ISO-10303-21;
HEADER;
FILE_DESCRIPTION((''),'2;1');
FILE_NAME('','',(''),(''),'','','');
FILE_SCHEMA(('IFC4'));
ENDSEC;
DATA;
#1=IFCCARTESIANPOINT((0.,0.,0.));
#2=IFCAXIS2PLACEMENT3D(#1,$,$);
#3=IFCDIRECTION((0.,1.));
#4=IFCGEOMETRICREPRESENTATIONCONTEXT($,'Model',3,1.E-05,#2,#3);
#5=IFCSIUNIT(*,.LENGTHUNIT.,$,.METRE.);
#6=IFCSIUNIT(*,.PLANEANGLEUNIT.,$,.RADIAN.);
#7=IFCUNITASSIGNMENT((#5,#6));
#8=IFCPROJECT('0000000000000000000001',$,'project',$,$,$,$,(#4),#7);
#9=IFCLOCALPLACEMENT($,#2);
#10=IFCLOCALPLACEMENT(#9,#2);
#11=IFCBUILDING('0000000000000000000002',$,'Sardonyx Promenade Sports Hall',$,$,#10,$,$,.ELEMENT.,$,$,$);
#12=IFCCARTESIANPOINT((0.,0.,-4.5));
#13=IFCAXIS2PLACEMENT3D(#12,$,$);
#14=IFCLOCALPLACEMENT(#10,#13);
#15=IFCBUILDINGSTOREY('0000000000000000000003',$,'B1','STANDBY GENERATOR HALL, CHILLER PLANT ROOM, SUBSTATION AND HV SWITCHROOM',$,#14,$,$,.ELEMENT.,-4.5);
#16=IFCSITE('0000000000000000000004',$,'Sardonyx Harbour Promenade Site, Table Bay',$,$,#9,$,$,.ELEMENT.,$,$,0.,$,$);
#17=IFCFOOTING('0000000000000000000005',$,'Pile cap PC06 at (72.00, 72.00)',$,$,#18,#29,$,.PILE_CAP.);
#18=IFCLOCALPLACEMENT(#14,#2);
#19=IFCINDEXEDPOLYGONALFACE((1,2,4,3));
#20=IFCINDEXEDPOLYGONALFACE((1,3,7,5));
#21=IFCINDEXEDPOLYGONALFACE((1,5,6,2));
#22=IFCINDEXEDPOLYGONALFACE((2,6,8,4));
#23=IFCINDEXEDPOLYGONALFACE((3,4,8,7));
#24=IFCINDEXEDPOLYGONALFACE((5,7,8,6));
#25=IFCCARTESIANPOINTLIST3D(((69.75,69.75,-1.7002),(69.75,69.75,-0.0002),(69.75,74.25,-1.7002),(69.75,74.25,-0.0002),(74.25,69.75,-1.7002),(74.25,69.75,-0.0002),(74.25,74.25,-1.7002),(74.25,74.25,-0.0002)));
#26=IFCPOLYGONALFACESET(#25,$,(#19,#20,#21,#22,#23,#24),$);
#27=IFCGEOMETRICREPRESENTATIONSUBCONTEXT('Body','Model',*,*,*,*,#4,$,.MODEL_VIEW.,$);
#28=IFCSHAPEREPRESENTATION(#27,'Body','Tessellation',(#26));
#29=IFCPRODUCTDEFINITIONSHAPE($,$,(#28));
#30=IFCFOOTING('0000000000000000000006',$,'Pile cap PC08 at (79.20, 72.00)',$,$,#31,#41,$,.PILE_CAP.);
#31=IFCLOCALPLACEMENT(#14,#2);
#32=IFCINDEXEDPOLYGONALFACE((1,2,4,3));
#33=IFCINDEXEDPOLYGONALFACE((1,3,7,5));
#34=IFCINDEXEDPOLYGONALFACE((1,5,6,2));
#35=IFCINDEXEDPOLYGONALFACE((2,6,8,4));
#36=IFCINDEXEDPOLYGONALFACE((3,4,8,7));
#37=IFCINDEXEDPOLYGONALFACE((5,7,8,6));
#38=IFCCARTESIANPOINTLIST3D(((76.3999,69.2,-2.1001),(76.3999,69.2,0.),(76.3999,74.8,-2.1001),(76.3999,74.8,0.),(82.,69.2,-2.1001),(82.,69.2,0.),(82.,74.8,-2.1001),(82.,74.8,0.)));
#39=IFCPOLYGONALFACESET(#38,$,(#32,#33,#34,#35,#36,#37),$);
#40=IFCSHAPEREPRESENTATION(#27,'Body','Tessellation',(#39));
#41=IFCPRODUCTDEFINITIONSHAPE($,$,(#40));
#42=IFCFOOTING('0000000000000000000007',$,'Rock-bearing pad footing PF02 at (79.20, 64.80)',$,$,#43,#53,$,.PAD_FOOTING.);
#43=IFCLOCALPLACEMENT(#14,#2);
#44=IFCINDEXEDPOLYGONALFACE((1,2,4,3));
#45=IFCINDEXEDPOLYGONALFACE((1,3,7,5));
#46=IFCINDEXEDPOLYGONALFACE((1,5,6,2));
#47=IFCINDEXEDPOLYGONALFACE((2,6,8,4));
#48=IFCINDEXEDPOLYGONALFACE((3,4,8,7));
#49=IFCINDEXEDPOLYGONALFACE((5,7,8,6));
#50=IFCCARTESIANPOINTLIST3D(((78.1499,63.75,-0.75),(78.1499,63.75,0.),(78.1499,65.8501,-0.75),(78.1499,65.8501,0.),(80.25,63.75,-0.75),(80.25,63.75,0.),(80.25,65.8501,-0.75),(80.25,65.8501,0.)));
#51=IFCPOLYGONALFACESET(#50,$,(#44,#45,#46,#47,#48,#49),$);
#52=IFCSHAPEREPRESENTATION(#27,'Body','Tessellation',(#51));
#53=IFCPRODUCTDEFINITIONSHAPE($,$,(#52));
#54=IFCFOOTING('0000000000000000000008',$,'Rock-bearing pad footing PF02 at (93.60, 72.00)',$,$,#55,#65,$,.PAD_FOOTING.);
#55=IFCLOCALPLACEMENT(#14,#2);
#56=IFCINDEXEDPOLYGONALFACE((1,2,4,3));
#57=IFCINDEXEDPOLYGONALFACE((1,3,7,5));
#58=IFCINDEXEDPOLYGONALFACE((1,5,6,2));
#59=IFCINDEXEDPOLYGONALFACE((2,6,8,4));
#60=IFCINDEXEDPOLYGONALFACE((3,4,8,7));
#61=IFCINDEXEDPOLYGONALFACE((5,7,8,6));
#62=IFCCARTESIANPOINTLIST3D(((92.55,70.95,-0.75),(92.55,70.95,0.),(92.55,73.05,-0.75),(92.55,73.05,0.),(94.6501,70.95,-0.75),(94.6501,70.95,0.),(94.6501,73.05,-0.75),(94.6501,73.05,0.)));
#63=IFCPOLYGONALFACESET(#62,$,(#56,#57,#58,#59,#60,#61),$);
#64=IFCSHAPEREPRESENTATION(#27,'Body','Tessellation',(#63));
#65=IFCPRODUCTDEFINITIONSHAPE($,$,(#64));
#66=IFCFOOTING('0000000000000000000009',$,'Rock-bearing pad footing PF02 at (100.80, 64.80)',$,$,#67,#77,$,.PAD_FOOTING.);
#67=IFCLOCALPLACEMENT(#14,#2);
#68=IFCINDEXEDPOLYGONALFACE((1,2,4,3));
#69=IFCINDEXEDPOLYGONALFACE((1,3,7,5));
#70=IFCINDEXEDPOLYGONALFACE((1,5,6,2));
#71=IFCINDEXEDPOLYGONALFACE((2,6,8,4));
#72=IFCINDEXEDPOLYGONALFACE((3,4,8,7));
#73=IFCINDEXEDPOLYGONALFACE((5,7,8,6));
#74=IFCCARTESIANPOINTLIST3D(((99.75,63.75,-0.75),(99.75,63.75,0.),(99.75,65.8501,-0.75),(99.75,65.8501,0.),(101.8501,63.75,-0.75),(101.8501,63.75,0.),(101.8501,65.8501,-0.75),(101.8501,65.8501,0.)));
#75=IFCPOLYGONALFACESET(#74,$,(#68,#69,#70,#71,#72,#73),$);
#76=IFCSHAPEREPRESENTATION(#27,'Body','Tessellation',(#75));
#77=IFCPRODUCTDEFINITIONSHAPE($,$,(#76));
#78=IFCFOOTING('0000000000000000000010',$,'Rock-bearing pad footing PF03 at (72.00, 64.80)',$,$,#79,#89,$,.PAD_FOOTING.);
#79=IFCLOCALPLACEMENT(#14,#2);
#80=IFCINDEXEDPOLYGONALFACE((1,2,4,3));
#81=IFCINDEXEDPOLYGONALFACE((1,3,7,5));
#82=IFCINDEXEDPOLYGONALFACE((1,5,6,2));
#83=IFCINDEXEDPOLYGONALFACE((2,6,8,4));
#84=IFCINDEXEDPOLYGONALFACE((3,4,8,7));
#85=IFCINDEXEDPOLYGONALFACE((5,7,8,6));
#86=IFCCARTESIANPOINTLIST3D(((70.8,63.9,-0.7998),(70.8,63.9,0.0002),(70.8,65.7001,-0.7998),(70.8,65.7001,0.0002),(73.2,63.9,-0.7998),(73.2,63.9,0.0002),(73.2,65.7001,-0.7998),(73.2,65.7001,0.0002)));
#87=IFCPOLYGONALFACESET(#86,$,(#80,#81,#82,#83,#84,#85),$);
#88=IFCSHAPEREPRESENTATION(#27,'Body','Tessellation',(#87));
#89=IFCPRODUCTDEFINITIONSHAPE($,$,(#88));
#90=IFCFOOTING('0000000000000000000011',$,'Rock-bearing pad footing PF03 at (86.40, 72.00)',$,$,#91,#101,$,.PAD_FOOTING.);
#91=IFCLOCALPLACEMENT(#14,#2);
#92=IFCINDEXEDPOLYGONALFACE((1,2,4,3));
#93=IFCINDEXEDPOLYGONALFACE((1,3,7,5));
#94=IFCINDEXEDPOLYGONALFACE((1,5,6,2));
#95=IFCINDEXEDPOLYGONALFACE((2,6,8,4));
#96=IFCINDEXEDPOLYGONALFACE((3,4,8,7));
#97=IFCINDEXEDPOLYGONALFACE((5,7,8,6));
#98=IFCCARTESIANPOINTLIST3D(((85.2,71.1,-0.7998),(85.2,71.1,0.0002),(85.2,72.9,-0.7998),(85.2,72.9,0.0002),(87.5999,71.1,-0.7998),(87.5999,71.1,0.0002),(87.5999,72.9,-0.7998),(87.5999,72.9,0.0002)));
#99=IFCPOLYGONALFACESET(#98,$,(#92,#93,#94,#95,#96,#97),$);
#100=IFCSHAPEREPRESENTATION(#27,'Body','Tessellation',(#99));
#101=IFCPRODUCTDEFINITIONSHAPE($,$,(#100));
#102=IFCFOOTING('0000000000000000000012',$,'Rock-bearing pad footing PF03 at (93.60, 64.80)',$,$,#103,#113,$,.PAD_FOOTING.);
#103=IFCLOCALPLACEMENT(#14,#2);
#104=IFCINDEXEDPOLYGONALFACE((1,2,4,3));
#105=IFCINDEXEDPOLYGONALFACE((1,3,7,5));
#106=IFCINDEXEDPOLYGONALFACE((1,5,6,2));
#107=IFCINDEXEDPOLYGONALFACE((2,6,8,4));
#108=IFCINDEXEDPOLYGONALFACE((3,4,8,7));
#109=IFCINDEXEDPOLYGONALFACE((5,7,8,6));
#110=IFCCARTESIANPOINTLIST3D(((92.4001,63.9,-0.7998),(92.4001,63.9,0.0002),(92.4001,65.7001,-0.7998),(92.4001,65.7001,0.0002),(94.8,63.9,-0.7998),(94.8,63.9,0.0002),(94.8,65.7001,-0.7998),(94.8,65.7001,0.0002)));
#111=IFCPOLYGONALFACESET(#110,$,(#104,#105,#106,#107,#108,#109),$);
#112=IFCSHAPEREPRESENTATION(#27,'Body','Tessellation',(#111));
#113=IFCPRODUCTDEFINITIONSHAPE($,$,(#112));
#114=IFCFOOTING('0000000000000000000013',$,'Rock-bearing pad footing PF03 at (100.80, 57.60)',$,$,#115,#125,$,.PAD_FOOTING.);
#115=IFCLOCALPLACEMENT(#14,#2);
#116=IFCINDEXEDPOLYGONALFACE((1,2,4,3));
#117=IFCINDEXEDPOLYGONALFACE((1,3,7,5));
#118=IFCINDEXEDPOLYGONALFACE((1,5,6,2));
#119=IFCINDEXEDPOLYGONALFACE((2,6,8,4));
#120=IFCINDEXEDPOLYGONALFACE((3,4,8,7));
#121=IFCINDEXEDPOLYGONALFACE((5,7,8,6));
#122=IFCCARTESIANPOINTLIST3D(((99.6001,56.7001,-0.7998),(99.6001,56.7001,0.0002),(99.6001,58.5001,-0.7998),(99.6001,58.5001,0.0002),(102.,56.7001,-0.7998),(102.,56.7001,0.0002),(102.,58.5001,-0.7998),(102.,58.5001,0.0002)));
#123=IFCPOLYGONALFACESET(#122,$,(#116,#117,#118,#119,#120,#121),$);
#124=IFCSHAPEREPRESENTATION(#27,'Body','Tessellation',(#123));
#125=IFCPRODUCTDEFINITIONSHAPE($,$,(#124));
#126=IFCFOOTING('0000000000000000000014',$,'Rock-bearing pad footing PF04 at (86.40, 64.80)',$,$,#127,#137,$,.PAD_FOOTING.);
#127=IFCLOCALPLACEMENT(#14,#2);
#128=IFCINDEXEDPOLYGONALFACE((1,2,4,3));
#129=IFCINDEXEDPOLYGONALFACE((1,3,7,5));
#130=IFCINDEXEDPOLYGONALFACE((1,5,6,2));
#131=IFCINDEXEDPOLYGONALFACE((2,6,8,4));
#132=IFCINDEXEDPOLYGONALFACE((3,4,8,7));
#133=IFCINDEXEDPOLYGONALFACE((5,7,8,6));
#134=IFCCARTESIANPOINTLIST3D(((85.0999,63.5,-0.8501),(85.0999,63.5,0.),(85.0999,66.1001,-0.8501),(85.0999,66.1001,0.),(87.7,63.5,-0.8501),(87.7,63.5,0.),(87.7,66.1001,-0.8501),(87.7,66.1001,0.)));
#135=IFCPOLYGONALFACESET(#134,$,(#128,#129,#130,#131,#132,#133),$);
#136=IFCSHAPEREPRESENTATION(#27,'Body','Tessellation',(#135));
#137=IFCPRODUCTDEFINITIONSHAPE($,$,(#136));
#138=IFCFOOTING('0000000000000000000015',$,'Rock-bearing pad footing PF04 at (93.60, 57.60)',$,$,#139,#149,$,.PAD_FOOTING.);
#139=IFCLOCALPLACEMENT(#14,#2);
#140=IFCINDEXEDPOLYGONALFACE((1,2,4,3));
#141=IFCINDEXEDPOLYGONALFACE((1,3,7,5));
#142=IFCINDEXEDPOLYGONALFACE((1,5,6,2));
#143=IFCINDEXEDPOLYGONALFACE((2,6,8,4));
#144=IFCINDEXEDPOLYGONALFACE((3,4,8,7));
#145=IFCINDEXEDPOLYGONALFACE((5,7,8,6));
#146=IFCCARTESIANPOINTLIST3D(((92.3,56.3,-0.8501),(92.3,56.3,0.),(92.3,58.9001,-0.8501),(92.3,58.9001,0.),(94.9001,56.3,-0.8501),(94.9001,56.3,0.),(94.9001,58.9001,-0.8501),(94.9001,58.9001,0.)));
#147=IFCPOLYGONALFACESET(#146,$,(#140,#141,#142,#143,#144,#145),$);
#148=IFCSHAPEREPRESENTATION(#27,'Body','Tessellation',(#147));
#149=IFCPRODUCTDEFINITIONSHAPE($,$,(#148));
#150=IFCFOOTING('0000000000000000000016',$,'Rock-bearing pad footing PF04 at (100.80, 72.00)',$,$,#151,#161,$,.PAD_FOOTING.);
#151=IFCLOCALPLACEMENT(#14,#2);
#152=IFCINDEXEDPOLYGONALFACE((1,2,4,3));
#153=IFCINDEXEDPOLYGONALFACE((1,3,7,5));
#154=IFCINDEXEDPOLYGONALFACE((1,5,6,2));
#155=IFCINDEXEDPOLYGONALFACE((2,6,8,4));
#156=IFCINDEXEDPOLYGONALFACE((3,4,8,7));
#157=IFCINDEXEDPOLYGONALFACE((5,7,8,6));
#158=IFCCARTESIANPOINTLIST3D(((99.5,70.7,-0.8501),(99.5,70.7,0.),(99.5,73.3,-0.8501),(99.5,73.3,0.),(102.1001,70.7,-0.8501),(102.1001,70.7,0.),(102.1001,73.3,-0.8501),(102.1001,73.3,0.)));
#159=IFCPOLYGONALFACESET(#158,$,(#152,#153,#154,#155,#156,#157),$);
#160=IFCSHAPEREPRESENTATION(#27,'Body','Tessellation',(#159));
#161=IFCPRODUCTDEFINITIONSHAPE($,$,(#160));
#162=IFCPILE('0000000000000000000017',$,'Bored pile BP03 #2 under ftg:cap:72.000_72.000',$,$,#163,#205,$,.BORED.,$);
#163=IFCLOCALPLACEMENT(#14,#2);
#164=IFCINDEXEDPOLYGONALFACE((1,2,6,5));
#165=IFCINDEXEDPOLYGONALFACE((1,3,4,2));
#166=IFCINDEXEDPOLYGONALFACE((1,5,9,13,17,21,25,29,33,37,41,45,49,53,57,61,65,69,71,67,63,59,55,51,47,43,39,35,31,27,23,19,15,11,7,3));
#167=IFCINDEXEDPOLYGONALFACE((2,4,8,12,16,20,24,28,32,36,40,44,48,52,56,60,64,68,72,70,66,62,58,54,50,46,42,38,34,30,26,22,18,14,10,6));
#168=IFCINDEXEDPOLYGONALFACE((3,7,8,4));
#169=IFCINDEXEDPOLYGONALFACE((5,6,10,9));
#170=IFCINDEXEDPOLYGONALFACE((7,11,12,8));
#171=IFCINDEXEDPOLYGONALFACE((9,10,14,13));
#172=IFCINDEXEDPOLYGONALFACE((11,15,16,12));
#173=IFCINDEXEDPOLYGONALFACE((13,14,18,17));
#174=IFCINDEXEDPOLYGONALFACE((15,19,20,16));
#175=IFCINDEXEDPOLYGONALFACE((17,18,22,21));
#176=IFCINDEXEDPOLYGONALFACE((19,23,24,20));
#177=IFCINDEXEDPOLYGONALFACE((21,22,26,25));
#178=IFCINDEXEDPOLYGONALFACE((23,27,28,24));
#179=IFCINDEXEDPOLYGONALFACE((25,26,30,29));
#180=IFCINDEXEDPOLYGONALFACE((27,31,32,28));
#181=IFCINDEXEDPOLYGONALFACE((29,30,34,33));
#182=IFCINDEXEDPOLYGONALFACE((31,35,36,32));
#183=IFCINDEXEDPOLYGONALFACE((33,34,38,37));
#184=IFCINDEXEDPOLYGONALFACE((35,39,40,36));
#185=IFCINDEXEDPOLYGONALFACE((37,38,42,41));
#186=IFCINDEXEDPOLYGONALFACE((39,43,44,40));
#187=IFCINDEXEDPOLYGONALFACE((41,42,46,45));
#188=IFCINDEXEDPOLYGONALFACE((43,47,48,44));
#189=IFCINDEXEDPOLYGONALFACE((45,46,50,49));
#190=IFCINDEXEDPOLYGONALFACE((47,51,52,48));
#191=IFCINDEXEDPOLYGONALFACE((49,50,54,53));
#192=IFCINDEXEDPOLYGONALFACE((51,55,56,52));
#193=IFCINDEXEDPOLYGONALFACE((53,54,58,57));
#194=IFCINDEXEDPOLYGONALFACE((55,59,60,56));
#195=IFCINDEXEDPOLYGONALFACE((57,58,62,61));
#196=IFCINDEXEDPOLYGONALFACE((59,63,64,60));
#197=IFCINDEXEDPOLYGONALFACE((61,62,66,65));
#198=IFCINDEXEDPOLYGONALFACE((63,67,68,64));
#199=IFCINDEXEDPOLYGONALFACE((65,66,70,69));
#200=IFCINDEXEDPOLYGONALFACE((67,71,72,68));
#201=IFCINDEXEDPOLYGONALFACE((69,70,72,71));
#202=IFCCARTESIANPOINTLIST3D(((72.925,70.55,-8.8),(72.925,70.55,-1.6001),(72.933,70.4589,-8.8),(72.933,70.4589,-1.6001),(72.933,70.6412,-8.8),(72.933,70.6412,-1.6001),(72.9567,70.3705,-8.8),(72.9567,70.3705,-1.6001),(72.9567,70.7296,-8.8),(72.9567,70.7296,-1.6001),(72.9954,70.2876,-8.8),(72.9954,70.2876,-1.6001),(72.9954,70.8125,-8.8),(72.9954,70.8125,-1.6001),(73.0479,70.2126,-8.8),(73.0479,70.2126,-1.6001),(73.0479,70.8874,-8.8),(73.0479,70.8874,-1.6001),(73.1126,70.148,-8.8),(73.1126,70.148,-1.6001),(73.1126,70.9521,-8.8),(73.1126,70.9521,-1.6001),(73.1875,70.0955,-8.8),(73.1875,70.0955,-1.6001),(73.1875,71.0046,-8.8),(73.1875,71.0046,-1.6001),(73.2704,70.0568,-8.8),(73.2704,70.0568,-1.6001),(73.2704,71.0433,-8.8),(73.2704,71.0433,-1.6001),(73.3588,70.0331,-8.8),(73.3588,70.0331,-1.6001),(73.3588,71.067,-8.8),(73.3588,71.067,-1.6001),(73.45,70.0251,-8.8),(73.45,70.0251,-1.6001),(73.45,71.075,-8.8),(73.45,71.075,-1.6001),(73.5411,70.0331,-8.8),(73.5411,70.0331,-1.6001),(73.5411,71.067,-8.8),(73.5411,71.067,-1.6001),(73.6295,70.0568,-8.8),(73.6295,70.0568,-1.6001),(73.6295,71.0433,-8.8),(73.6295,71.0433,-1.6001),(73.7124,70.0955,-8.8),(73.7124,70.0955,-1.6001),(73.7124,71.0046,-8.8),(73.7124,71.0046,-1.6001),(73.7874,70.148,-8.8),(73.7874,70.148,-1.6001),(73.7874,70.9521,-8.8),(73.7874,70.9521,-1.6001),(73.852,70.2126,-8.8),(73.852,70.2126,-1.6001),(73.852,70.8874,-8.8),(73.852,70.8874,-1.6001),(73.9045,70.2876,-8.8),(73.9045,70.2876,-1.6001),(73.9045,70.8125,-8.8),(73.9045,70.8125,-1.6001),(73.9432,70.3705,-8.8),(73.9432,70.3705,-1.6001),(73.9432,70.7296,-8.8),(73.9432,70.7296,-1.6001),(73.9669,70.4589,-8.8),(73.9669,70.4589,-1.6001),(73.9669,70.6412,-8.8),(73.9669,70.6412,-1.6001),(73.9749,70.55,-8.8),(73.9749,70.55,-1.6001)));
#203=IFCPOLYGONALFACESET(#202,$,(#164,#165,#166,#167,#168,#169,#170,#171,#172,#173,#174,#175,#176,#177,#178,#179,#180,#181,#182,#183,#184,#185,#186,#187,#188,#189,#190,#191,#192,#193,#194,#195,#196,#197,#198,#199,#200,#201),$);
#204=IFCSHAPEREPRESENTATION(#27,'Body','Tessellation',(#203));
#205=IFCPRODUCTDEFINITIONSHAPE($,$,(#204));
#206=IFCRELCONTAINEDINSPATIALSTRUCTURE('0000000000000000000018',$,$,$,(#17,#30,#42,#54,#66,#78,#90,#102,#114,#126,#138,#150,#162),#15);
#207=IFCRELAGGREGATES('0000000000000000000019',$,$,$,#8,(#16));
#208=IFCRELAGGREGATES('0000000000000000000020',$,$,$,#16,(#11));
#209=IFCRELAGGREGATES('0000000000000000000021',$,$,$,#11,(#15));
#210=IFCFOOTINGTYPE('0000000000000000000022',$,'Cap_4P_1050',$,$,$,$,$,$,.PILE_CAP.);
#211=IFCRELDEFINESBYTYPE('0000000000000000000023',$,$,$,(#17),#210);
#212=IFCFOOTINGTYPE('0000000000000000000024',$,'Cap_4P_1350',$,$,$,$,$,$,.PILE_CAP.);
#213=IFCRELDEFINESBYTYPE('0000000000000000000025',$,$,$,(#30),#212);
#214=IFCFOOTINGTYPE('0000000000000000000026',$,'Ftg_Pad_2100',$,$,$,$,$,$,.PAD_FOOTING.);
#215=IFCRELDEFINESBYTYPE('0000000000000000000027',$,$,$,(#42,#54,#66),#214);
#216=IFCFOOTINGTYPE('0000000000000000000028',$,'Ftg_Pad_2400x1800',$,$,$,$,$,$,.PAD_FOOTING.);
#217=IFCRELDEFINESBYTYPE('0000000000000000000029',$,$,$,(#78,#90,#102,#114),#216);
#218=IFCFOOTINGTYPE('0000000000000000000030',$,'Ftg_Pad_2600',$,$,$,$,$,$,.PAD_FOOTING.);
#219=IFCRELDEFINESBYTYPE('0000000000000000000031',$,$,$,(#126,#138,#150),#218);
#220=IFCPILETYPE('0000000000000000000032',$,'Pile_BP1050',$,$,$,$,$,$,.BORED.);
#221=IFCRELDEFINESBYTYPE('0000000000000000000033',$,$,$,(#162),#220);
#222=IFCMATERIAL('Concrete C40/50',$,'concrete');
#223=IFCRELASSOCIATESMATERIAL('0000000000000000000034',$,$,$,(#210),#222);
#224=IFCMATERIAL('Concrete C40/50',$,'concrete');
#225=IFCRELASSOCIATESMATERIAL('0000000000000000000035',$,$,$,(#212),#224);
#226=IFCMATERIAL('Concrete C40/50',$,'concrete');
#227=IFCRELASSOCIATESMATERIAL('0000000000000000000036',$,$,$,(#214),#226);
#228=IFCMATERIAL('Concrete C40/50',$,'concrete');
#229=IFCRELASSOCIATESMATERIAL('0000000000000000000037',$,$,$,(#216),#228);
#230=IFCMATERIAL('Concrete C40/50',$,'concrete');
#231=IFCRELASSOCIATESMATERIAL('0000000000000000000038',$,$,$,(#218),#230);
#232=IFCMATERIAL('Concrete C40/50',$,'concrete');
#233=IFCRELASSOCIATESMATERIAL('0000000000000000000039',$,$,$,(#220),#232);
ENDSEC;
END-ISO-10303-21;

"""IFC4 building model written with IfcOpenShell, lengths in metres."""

from ifc_helpers import new_model, si_unit, direction, frame, origin, origin_2d, place, context, subcontext, project, spatial, rectangle, circle, extrude, material, material_profile, profile_set, type_object, element, save


model = new_model("IFC4")

# Units and contexts
model_context = context("Model", 3, precision=1e-05, world=origin(), true_north=direction((0.0, 1.0)))
body_context = subcontext(model_context, "Body", "Model", "MODEL_VIEW")
ifc_project = project(units=[si_unit("LENGTHUNIT", "METRE"), si_unit("PLANEANGLEUNIT", "RADIAN")], contexts=[model_context])

# Site, building, storey
site_placement = place(None, origin())
site = spatial("IfcSite", under=ifc_project, at=site_placement, Name="Sardonyx Harbour Promenade Site, Table Bay", CompositionType="ELEMENT", RefElevation=0.0)
building_placement = place(site_placement, origin())
building = spatial("IfcBuilding", under=site, at=building_placement, Name="Sardonyx Promenade Sports Hall", CompositionType="ELEMENT")
storey_placement = place(building_placement, frame((0.0, 0.0, -4.5)))
storey = spatial("IfcBuildingStorey", under=building, at=storey_placement, Name="B1", Description="STANDBY GENERATOR HALL, CHILLER PLANT ROOM, SUBSTATION AND HV SWITCHROOM", CompositionType="ELEMENT", Elevation=-4.5)

# Footings
ifc_material_1 = material(Name="Concrete C40/50", Category="concrete")
footing_type_1 = type_object("IfcFootingType", Name="Cap_4P_1050", PredefinedType="PILE_CAP", material=ifc_material_1)
footing_1_placement = place(storey_placement, frame((72.0, 72.0, -1.7002), z_axis=(0.0, 0.0, 1.0), x_axis=(1.0, 0.0, 0.0)))
element("IfcFooting", 1, at=footing_1_placement, inside=storey, type_object=footing_type_1, Name="Pile cap PC06 at (72.00, 72.00)", PredefinedType="PILE_CAP", context=body_context, shape_type="SweptSolid", body=[
    extrude(rectangle(XDim=4.5, YDim=4.5, at=origin_2d()), origin(), (0.0, 0.0, 1.0), 1.7),
])
ifc_material_2 = material(Name="Concrete C40/50", Category="concrete")
footing_type_2 = type_object("IfcFootingType", Name="Cap_4P_1350", PredefinedType="PILE_CAP", material=ifc_material_2)
footing_2_placement = place(storey_placement, frame((79.2, 72.0, -2.1001), z_axis=(0.0, 0.0, 1.0), x_axis=(1.0, 0.0, 0.0)))
element("IfcFooting", 2, at=footing_2_placement, inside=storey, type_object=footing_type_2, Name="Pile cap PC08 at (79.20, 72.00)", PredefinedType="PILE_CAP", context=body_context, shape_type="SweptSolid", body=[
    extrude(rectangle(XDim=5.6001, YDim=5.6001, at=origin_2d()), origin(), (0.0, 0.0, 1.0), 2.1001),
])
ifc_material_3 = material(Name="Concrete C40/50", Category="concrete")
footing_type_3 = type_object("IfcFootingType", Name="Ftg_Pad_2100", PredefinedType="PAD_FOOTING", material=ifc_material_3)
for number, where, z_axis, x_axis, name in (
    (3, (79.2, 64.8, -0.75), (0.0, 0.0, 1.0), (1.0, 0.0, 0.0), "Rock-bearing pad footing PF02 at (79.20, 64.80)"),
    (4, (93.6001, 72.0, -0.75), (0.0, 0.0, 1.0), (1.0, 0.0, 0.0), "Rock-bearing pad footing PF02 at (93.60, 72.00)"),
    (5, (100.8, 64.8, -0.75), (0.0, 0.0, 1.0), (1.0, 0.0, 0.0), "Rock-bearing pad footing PF02 at (100.80, 64.80)"),
):
    element("IfcFooting", number, at=place(storey_placement, frame(where, z_axis=z_axis, x_axis=x_axis)), inside=storey, type_object=footing_type_3, Name=name, PredefinedType="PAD_FOOTING", context=body_context, shape_type="SweptSolid", body=[
        extrude(rectangle(XDim=2.1001, YDim=2.1001, at=origin_2d()), origin(), (0.0, 0.0, 1.0), 0.75),
    ])
ifc_material_4 = material(Name="Concrete C40/50", Category="concrete")
footing_type_4 = type_object("IfcFootingType", Name="Ftg_Pad_2400x1800", PredefinedType="PAD_FOOTING", material=ifc_material_4)
for number, where, z_axis, x_axis, name in (
    (6, (72.0, 64.8, -0.7998), (0.0, 0.0, 1.0), (1.0, 0.0, 0.0), "Rock-bearing pad footing PF03 at (72.00, 64.80)"),
    (7, (86.3999, 72.0, -0.7998), (0.0, 0.0, 1.0), (1.0, 0.0, 0.0), "Rock-bearing pad footing PF03 at (86.40, 72.00)"),
    (8, (93.6001, 64.8, -0.7998), (0.0, 0.0, 1.0), (1.0, 0.0, 0.0), "Rock-bearing pad footing PF03 at (93.60, 64.80)"),
    (9, (100.8, 57.6001, -0.7998), (0.0, 0.0, 1.0), (1.0, 0.0, 0.0), "Rock-bearing pad footing PF03 at (100.80, 57.60)"),
):
    element("IfcFooting", number, at=place(storey_placement, frame(where, z_axis=z_axis, x_axis=x_axis)), inside=storey, type_object=footing_type_4, Name=name, PredefinedType="PAD_FOOTING", context=body_context, shape_type="SweptSolid", body=[
        extrude(rectangle(XDim=2.3999, YDim=1.8, at=origin_2d()), origin(), (0.0, 0.0, 1.0), 0.8),
    ])
ifc_material_5 = material(Name="Concrete C40/50", Category="concrete")
footing_type_5 = type_object("IfcFootingType", Name="Ftg_Pad_2600", PredefinedType="PAD_FOOTING", material=ifc_material_5)
for number, where, z_axis, x_axis, name in (
    (10, (86.3999, 64.8, -0.8501), (0.0, 0.0, 1.0), (1.0, 0.0, 0.0), "Rock-bearing pad footing PF04 at (86.40, 64.80)"),
    (11, (93.6001, 57.6001, -0.8501), (0.0, 0.0, 1.0), (1.0, 0.0, 0.0), "Rock-bearing pad footing PF04 at (93.60, 57.60)"),
    (12, (100.8, 72.0, -0.8501), (0.0, 0.0, 1.0), (1.0, 0.0, 0.0), "Rock-bearing pad footing PF04 at (100.80, 72.00)"),
):
    element("IfcFooting", number, at=place(storey_placement, frame(where, z_axis=z_axis, x_axis=x_axis)), inside=storey, type_object=footing_type_5, Name=name, PredefinedType="PAD_FOOTING", context=body_context, shape_type="SweptSolid", body=[
        extrude(rectangle(XDim=2.6001, YDim=2.6001, at=origin_2d()), origin(), (0.0, 0.0, 1.0), 0.8501),
    ])

# Pile
ifc_material_6 = material(Name="Concrete C40/50", Category="concrete")
ifc_material_profile_1 = material_profile(ifc_material_6, circle(Radius=0.5249, at=origin_2d()))
ifc_profile_set_1 = profile_set([ifc_material_profile_1], Name="Concrete C40/50")
pile_type_1 = type_object("IfcPileType", Name="Pile_BP1050", PredefinedType="BORED", material=ifc_profile_set_1)
for number, where, z_axis, x_axis, name in (
    (13, (73.45, 70.55, -1.6001), (0.0, 0.0, -1.0), (1.0, 0.0, 0.0), "Bored pile BP03 #2 under ftg:cap:72.000_72.000"),
):
    element("IfcPile", number, at=place(storey_placement, frame(where, z_axis=z_axis, x_axis=x_axis)), inside=storey, type_object=pile_type_1, Name=name, PredefinedType="BORED", context=body_context, shape_type="SweptSolid", body=[
        extrude(circle(Radius=0.5249, at=origin_2d()), origin(), (0.0, 0.0, 1.0), 7.2),
    ])

save(model, "model.ifc")
